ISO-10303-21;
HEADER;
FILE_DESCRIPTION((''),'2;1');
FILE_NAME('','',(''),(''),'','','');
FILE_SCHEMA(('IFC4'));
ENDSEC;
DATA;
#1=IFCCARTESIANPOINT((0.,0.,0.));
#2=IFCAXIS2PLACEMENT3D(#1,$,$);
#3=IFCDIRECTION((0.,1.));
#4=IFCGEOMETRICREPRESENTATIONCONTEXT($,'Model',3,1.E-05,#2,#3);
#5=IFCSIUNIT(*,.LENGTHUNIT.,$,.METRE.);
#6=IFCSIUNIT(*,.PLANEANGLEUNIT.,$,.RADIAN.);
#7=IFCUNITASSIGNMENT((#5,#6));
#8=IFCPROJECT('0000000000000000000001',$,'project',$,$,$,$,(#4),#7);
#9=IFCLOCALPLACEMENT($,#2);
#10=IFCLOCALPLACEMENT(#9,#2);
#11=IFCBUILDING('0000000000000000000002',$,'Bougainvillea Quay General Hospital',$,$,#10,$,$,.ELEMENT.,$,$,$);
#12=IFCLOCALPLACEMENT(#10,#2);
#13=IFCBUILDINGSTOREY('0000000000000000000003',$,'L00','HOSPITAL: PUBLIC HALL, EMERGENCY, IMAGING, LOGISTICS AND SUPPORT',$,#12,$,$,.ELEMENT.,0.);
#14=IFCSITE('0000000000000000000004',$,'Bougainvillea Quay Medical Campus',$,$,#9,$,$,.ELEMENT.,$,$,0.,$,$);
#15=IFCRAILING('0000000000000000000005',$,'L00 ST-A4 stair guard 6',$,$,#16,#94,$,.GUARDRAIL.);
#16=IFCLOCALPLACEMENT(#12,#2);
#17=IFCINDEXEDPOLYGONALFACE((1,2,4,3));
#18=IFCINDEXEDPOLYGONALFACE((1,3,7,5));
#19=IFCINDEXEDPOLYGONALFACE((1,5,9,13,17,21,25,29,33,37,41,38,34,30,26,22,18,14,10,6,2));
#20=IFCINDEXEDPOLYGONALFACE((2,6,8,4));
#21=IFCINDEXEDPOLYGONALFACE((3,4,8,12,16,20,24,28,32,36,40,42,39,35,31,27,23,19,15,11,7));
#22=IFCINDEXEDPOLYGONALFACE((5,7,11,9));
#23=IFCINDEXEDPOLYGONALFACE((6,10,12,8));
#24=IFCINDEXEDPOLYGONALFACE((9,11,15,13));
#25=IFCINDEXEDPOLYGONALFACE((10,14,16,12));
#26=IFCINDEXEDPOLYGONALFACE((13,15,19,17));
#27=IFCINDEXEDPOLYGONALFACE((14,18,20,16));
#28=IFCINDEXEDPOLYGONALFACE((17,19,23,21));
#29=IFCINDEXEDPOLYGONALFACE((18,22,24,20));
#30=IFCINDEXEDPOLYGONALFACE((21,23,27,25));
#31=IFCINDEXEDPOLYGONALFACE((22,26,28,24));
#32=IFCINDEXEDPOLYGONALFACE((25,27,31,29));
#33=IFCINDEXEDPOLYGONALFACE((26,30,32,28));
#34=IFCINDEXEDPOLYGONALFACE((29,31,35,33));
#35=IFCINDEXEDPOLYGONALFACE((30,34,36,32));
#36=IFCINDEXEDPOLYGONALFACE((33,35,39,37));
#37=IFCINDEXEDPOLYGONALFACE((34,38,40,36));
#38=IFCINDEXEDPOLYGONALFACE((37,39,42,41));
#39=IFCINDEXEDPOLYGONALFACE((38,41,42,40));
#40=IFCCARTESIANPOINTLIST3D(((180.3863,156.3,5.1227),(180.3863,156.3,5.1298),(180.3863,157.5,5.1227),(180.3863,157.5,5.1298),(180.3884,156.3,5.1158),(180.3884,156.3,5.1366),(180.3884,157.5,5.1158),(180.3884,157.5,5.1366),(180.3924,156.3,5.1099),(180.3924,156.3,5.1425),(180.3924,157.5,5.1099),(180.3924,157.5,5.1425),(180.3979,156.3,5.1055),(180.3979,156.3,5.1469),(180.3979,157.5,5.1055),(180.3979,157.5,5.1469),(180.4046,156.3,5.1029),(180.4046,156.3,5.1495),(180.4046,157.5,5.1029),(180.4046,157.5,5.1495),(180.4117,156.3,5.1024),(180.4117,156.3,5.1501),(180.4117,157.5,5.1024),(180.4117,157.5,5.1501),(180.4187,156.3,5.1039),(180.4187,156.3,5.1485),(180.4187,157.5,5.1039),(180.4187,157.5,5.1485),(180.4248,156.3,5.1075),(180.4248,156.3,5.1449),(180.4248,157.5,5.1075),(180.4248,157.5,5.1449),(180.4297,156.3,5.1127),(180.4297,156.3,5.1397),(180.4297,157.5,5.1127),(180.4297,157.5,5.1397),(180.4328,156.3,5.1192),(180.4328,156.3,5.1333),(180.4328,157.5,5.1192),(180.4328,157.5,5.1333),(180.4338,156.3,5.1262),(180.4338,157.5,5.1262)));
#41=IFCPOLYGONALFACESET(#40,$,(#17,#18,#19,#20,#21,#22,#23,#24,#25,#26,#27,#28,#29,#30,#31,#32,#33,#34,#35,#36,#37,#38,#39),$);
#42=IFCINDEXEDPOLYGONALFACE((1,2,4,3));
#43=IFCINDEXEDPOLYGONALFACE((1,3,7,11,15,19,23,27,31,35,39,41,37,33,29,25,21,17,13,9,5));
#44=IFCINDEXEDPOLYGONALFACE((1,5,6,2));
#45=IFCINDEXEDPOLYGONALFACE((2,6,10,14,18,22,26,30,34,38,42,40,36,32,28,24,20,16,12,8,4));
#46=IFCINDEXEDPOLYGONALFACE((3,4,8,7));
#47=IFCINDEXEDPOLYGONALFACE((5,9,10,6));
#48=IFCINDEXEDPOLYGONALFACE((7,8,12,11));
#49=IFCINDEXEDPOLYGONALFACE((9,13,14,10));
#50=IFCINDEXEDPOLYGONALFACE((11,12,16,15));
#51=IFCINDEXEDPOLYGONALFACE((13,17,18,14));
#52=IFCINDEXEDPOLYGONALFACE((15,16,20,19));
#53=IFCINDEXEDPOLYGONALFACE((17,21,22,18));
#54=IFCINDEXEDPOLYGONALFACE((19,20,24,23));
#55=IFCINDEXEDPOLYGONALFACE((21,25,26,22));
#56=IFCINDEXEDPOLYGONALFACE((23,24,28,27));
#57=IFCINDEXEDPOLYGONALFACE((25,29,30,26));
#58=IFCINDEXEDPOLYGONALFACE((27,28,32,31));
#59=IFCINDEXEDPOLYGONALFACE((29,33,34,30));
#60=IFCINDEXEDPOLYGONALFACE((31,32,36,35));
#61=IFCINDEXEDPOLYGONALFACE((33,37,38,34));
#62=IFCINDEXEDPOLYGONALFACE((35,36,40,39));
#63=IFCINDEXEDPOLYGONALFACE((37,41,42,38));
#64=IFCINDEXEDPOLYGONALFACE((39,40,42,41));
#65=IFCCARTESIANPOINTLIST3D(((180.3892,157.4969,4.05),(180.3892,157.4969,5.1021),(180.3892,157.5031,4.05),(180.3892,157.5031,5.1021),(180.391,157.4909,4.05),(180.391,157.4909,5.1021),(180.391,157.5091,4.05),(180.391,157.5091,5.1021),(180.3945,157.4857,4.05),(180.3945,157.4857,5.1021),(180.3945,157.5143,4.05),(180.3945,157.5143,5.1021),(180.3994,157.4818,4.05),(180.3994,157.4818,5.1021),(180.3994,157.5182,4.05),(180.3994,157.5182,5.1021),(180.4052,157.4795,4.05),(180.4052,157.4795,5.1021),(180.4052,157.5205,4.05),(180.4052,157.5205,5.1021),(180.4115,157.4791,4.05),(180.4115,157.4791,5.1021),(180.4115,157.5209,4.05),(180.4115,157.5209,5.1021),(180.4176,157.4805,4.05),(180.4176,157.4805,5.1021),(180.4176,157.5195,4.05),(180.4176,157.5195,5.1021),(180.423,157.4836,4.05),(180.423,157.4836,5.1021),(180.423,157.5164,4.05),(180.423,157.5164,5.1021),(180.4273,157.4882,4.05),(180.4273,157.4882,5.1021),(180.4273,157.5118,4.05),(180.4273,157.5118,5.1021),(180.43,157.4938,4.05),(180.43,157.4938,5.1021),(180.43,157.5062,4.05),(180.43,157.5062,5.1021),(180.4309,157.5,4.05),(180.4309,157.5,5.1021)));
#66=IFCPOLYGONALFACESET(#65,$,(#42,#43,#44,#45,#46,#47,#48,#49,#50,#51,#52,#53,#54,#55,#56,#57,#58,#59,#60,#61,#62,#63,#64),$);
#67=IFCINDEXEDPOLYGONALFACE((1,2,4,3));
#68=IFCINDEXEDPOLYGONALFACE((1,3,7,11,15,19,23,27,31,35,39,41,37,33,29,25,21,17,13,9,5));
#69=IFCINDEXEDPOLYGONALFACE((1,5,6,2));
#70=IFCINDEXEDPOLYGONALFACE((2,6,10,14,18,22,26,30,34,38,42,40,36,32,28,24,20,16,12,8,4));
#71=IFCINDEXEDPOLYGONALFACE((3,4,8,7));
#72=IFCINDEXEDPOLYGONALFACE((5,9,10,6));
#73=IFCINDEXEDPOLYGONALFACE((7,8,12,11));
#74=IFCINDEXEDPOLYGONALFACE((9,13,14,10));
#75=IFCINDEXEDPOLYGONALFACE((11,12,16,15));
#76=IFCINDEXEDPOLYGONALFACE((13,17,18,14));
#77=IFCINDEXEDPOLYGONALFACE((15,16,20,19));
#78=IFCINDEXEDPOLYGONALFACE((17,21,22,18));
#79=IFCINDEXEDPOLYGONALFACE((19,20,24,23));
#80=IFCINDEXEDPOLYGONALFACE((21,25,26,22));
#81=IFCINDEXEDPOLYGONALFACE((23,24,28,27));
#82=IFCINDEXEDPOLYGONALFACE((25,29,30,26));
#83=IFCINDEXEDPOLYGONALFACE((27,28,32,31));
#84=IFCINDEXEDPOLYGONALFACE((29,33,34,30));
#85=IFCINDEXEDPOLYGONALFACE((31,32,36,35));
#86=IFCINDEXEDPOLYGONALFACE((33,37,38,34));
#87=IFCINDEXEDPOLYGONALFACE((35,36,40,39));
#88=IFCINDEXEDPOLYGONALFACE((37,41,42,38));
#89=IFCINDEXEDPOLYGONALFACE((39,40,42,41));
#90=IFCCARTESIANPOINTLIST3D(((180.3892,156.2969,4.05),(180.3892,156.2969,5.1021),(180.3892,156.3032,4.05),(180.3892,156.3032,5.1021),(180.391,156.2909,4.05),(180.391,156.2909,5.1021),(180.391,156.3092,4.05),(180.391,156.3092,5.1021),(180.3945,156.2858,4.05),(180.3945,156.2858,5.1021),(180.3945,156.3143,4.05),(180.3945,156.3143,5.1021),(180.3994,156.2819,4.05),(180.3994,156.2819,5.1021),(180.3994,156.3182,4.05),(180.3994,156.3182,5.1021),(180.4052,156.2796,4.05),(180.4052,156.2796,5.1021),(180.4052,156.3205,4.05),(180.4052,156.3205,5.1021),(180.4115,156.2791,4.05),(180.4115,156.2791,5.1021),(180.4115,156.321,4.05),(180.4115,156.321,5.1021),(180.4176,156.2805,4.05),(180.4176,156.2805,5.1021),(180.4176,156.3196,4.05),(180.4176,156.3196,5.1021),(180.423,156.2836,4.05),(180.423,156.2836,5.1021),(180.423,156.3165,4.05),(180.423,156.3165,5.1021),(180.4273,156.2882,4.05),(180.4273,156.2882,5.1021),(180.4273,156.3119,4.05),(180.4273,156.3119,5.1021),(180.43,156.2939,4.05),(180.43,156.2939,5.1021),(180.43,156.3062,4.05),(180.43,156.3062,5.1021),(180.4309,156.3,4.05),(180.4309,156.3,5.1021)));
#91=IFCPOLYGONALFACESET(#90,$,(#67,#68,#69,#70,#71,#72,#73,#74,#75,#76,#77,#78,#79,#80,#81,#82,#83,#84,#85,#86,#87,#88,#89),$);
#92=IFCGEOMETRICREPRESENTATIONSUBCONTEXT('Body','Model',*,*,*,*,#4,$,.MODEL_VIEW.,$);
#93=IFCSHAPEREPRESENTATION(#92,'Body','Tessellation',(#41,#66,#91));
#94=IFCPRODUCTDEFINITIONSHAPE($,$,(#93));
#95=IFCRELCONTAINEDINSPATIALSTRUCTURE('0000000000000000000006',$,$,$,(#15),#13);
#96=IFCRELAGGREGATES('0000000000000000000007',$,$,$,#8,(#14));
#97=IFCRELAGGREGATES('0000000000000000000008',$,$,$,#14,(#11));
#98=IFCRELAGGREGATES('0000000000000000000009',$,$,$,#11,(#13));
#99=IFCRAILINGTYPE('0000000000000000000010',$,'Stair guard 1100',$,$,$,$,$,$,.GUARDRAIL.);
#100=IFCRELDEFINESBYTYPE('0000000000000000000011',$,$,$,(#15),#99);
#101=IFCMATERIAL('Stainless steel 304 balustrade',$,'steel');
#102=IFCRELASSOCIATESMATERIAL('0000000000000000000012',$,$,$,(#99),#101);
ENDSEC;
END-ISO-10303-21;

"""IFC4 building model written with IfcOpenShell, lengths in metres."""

from ifc_helpers import new_model, si_unit, direction, frame, origin, origin_2d, place, context, subcontext, project, spatial, circle, extrude, material, type_object, element, save


model = new_model("IFC4")

# Units and contexts
model_context = context("Model", 3, precision=1e-05, world=origin(), true_north=direction((0.0, 1.0)))
body_context = subcontext(model_context, "Body", "Model", "MODEL_VIEW")
ifc_project = project(units=[si_unit("LENGTHUNIT", "METRE"), si_unit("PLANEANGLEUNIT", "RADIAN")], contexts=[model_context])

# Site, building, storey
site_placement = place(None, origin())
site = spatial("IfcSite", under=ifc_project, at=site_placement, Name="Bougainvillea Quay Medical Campus", CompositionType="ELEMENT", RefElevation=0.0)
building_placement = place(site_placement, origin())
building = spatial("IfcBuilding", under=site, at=building_placement, Name="Bougainvillea Quay General Hospital", CompositionType="ELEMENT")
storey_placement = place(building_placement, origin())
storey = spatial("IfcBuildingStorey", under=building, at=storey_placement, Name="L00", Description="HOSPITAL: PUBLIC HALL, EMERGENCY, IMAGING, LOGISTICS AND SUPPORT", CompositionType="ELEMENT", Elevation=0.0)

# Railing
ifc_material_1 = material(Name="Stainless steel 304 balustrade", Category="steel")
railing_type_1 = type_object("IfcRailingType", Name="Stair guard 1100", PredefinedType="GUARDRAIL", material=ifc_material_1)
railing_1_placement = place(storey_placement, frame((180.4099, 157.5, 4.05)))
element("IfcRailing", 1, at=railing_1_placement, inside=storey, type_object=railing_type_1, Name="L00 ST-A4 stair guard 6", PredefinedType="GUARDRAIL", context=body_context, shape_type="SweptSolid", body=[
    extrude(circle(Radius=0.0239, at=origin_2d()), frame((0.0, 0.0, 1.0762), z_axis=(0.0, -1.0, 0.0), x_axis=(1.0, 0.0, 0.0)), (0.0, 0.0, 1.0), 1.2),
    extrude(circle(Radius=0.021, at=origin_2d()), origin(), (0.0, 0.0, 1.0), 1.052),
    extrude(circle(Radius=0.021, at=origin_2d()), frame((0.0, -1.2, 0.0)), (0.0, 0.0, 1.0), 1.052),
])

save(model, "model.ifc")
